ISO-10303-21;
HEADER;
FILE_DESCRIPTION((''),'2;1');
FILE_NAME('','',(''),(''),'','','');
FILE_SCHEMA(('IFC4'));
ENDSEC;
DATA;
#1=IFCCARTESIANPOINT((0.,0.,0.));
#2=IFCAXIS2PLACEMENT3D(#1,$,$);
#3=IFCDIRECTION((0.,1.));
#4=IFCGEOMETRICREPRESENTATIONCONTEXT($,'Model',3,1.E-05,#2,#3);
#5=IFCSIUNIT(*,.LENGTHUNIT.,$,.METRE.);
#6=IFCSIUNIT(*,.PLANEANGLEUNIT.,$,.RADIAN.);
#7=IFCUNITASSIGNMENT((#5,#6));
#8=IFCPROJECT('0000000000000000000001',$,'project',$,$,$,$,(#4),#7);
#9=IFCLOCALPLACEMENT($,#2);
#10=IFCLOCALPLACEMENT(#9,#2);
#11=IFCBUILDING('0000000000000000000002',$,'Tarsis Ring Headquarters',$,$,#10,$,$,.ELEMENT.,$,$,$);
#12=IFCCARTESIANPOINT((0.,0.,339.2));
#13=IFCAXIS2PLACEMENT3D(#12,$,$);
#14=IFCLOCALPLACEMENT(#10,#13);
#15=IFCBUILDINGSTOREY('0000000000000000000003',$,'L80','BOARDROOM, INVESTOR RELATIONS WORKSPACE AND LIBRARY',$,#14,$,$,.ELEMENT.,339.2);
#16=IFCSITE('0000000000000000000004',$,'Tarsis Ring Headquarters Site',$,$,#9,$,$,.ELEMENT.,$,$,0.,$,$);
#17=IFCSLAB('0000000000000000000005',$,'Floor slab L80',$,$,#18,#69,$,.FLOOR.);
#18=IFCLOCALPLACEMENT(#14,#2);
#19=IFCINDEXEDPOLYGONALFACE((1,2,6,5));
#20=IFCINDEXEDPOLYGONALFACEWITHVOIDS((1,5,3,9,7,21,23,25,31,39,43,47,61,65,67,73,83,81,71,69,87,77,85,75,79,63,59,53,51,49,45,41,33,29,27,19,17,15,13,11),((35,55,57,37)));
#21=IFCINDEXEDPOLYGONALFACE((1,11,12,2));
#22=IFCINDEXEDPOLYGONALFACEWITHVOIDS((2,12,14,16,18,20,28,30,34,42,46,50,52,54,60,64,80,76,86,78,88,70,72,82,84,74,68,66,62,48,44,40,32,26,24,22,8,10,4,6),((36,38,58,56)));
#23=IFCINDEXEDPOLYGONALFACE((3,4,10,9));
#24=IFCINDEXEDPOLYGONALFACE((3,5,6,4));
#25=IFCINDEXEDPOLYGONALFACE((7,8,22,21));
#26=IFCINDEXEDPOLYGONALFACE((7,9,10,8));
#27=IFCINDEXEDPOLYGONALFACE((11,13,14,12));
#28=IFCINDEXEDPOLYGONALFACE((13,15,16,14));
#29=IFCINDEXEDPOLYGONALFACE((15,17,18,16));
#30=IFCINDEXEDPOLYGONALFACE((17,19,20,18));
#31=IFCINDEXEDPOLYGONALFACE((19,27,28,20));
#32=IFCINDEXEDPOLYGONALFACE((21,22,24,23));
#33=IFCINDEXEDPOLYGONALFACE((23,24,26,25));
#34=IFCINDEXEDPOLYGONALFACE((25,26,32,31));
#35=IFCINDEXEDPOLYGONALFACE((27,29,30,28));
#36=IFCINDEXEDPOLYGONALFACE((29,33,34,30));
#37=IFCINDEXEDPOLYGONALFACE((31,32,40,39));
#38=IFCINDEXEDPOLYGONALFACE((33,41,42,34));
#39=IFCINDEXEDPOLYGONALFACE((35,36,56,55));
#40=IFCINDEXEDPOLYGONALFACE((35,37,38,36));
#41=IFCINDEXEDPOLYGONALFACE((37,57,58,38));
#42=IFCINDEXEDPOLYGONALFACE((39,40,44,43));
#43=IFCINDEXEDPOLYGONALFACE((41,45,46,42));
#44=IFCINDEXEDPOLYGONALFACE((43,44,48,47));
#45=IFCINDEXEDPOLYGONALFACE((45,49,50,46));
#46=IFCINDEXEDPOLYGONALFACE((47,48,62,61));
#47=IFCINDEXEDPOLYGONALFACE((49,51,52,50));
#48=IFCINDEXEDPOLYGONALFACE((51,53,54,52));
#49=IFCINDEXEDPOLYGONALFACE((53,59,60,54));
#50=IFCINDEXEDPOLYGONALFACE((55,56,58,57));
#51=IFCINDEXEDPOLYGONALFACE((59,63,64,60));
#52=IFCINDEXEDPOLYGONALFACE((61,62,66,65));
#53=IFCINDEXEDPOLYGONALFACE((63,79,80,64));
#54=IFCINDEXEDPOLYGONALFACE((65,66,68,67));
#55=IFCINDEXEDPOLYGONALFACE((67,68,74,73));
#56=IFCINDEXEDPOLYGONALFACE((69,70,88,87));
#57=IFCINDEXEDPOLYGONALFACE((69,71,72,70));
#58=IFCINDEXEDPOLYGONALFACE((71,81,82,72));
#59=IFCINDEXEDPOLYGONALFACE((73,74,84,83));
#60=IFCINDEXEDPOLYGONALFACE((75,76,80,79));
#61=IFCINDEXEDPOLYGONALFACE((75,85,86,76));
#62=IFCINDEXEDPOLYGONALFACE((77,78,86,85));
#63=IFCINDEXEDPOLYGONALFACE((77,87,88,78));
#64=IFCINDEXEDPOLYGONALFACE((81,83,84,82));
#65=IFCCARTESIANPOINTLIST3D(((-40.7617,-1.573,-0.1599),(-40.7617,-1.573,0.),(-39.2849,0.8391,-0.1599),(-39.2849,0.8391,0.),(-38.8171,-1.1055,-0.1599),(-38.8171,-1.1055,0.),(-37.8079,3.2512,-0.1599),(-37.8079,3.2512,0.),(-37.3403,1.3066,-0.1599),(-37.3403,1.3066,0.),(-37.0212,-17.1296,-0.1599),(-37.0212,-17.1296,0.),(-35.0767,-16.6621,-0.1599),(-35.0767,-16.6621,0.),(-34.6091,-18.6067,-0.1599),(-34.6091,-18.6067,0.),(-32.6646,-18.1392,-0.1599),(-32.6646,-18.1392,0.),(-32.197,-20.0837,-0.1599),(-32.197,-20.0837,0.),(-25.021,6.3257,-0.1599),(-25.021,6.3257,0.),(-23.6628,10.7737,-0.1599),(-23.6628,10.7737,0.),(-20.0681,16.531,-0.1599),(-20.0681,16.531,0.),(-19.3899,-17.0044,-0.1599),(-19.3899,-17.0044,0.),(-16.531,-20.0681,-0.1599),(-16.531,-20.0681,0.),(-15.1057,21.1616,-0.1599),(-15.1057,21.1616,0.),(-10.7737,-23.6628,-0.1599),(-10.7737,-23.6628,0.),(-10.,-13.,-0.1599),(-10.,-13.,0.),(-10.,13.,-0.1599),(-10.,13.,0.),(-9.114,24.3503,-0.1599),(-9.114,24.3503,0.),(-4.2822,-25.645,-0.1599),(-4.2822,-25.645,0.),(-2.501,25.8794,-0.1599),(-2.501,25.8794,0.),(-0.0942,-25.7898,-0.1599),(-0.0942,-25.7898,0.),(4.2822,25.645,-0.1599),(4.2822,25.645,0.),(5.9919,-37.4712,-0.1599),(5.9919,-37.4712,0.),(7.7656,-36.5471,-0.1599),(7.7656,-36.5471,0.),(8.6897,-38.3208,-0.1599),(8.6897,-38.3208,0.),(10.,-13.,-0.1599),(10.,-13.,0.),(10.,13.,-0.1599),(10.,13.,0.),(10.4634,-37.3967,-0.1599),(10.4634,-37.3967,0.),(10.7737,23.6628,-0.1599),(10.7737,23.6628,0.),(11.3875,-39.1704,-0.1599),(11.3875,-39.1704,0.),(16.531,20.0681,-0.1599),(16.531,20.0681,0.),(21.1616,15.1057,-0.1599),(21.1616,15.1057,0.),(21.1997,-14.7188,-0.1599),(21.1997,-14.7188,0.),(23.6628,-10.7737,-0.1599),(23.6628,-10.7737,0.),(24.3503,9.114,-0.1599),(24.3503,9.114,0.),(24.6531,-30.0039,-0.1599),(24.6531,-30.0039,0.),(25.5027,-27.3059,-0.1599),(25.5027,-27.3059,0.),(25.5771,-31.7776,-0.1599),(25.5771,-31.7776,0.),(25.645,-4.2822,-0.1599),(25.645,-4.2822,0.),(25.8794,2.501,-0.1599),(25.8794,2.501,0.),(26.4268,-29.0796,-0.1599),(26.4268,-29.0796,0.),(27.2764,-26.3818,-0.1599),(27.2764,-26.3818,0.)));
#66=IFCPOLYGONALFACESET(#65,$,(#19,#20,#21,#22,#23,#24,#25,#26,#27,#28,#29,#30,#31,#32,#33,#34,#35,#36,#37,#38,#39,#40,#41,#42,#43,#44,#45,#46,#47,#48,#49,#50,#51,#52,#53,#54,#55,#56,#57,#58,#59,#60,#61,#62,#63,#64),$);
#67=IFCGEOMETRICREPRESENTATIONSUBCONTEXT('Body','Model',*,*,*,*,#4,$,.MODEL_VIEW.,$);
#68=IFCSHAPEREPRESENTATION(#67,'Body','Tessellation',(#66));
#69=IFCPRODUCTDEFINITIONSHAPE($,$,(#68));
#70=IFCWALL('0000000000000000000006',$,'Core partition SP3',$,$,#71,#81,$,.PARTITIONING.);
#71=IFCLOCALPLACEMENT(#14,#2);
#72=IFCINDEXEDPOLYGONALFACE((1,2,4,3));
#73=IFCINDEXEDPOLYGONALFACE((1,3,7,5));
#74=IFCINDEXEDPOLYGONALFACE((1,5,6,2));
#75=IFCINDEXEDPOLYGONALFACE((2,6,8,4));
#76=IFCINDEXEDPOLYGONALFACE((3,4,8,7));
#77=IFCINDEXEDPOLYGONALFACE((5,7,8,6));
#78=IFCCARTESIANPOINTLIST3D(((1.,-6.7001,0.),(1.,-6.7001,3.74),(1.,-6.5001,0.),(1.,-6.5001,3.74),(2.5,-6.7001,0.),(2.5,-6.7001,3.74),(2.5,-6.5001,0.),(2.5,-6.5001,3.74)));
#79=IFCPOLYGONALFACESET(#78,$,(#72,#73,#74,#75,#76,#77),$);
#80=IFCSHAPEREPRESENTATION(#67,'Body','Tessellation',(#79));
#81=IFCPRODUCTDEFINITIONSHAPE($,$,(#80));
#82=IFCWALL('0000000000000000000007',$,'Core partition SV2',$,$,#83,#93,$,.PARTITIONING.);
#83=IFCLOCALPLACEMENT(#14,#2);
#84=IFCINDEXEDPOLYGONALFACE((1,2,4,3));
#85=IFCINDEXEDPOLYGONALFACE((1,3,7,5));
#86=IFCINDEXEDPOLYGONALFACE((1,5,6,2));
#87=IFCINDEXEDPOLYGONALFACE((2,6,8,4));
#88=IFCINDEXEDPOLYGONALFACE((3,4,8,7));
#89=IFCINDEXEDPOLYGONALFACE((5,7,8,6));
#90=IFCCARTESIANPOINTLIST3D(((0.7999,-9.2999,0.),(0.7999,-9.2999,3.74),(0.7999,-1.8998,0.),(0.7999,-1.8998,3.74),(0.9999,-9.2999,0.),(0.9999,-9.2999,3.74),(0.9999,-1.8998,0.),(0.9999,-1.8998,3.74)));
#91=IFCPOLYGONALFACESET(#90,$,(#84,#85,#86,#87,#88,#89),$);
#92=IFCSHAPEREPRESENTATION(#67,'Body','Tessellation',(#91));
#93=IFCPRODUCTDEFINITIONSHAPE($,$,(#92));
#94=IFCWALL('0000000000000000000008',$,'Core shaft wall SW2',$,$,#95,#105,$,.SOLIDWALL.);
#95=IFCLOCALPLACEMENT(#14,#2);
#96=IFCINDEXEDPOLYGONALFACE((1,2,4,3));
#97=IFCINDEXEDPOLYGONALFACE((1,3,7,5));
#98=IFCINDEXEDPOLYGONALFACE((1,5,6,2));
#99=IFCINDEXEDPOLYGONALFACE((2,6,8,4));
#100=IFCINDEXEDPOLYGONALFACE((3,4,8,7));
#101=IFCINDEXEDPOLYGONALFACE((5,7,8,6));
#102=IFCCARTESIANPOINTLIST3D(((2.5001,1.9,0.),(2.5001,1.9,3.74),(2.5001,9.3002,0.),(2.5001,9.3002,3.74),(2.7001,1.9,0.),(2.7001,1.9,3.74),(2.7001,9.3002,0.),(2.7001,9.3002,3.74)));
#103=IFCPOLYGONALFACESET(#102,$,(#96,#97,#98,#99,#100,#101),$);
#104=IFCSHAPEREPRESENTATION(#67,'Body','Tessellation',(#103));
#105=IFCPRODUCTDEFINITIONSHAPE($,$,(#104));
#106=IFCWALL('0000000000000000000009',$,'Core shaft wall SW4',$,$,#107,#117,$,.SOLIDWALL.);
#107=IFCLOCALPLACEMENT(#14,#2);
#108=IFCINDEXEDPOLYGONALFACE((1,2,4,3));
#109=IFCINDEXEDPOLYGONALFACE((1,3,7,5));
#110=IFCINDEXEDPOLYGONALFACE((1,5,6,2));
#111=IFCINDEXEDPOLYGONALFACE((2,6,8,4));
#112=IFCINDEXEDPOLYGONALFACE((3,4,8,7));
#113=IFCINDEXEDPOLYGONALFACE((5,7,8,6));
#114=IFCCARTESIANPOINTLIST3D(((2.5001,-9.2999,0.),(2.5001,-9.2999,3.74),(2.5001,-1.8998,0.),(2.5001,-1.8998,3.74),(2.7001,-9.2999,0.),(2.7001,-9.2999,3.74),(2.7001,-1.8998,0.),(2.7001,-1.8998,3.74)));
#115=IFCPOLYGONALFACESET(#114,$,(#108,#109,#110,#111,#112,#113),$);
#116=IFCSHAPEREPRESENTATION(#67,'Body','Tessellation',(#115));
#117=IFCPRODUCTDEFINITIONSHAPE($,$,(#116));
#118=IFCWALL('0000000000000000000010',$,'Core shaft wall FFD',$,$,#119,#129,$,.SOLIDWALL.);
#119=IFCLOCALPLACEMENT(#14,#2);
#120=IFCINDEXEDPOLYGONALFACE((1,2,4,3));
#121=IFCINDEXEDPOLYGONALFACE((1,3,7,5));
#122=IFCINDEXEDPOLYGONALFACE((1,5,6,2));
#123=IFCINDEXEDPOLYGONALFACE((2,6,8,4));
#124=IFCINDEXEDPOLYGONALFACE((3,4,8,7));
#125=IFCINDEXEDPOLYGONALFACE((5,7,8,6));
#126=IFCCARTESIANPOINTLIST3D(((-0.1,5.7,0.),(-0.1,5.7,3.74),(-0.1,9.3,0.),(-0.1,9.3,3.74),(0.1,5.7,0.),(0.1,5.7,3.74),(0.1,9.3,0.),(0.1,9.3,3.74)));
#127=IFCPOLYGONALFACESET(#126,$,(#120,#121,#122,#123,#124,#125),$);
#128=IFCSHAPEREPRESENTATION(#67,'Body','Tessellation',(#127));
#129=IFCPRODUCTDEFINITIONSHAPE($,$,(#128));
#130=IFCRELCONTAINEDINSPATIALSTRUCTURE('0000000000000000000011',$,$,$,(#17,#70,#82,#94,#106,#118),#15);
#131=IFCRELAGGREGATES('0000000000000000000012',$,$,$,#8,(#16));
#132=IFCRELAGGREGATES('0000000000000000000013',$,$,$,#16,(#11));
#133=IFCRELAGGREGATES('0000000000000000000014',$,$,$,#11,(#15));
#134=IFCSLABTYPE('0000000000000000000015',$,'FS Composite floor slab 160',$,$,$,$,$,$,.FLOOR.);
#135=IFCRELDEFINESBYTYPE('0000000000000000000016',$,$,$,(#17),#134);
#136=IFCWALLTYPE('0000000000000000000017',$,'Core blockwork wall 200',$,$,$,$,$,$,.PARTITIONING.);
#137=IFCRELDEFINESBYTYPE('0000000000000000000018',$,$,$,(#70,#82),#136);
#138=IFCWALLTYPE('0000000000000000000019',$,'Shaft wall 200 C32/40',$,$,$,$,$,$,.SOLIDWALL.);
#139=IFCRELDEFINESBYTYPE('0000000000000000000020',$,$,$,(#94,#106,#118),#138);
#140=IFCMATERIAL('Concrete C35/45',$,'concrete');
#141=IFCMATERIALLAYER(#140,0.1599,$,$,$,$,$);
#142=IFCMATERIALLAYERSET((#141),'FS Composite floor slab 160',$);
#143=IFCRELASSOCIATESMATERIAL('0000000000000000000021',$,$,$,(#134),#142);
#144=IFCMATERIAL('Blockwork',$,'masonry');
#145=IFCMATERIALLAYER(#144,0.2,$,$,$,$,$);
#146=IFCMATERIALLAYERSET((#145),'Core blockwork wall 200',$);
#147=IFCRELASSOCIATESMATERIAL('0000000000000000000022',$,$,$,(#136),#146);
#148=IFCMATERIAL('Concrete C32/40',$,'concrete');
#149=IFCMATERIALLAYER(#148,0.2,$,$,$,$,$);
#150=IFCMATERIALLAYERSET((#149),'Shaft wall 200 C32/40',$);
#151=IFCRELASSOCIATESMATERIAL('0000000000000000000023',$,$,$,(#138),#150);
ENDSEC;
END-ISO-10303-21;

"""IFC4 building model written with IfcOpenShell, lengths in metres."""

from ifc_helpers import new_model, si_unit, direction, frame, frame_2d, origin, place, context, subcontext, project, spatial, polyline, rectangle, outline, extrude, material, layer, layer_set, type_object, element, save


model = new_model("IFC4")

# Units and contexts
model_context = context("Model", 3, precision=1e-05, world=origin(), true_north=direction((0.0, 1.0)))
body_context = subcontext(model_context, "Body", "Model", "MODEL_VIEW")
ifc_project = project(units=[si_unit("LENGTHUNIT", "METRE"), si_unit("PLANEANGLEUNIT", "RADIAN")], contexts=[model_context])

# Site, building, storey
site_placement = place(None, origin())
site = spatial("IfcSite", under=ifc_project, at=site_placement, Name="Tarsis Ring Headquarters Site", CompositionType="ELEMENT", RefElevation=0.0)
building_placement = place(site_placement, origin())
building = spatial("IfcBuilding", under=site, at=building_placement, Name="Tarsis Ring Headquarters", CompositionType="ELEMENT")
storey_placement = place(building_placement, frame((0.0, 0.0, 339.2)))
storey = spatial("IfcBuildingStorey", under=building, at=storey_placement, Name="L80", Description="BOARDROOM, INVESTOR RELATIONS WORKSPACE AND LIBRARY", CompositionType="ELEMENT", Elevation=339.2)

# Slab
ifc_material_1 = material(Name="Concrete C35/45", Category="concrete")
ifc_layer_1 = layer(ifc_material_1, 0.1599)
ifc_layer_set_1 = layer_set([ifc_layer_1], Name="FS Composite floor slab 160")
slab_type_1 = type_object("IfcSlabType", Name="FS Composite floor slab 160", PredefinedType="FLOOR", material=ifc_layer_set_1)
slab_1_placement = place(storey_placement, frame((0.0, 0.0, -0.1599)))
element("IfcSlab", 1, at=slab_1_placement, inside=storey, type_object=slab_type_1, Name="Floor slab L80", PredefinedType="FLOOR", context=body_context, shape_type="SweptSolid", body=[
    extrude(outline(polyline([(-19.3899, -17.0044), (-16.531, -20.0681), (-10.7737, -23.6628), (-4.2822, -25.645), (-0.0942, -25.7898), (5.9919, -37.4712), (7.7656, -36.5471), (8.6897, -38.3208), (10.4634, -37.3967), (11.3875, -39.1704), (25.5771, -31.7776), (24.6531, -30.0039), (26.4268, -29.0796), (25.5027, -27.3059), (27.2764, -26.3818), (21.1997, -14.7188), (23.6628, -10.7737), (25.645, -4.2822), (25.8794, 2.501), (24.3503, 9.114), (21.1616, 15.1057), (16.531, 20.0681), (10.7737, 23.6628), (4.2822, 25.645), (-2.501, 25.8794), (-9.114, 24.3503), (-15.1057, 21.1616), (-20.0681, 16.531), (-23.6628, 10.7737), (-25.021, 6.3257), (-37.8079, 3.2512), (-37.3403, 1.3066), (-39.2849, 0.8391), (-38.8171, -1.1055), (-40.7617, -1.573), (-37.0212, -17.1296), (-35.0767, -16.6621), (-34.6091, -18.6067), (-32.6646, -18.1392), (-32.197, -20.0837), (-19.3899, -17.0044)]), holes=[polyline([(-10.0, -13.0), (-10.0, 13.0), (10.0, 13.0), (10.0, -13.0), (-10.0, -13.0)])]), origin(), (0.0, 0.0, 1.0), 0.1599),
])

# Walls
ifc_material_2 = material(Name="Blockwork", Category="masonry")
ifc_layer_2 = layer(ifc_material_2, 0.2)
ifc_layer_set_2 = layer_set([ifc_layer_2], Name="Core blockwork wall 200")
wall_type_1 = type_object("IfcWallType", Name="Core blockwork wall 200", PredefinedType="PARTITIONING", material=ifc_layer_set_2)
wall_1_placement = place(storey_placement, frame((1.0, -6.6001, 0.0), z_axis=(0.0, 0.0, 1.0), x_axis=(1.0, 0.0, 0.0)))
element("IfcWall", 2, at=wall_1_placement, inside=storey, type_object=wall_type_1, Name="Core partition SP3", PredefinedType="PARTITIONING", context=body_context, shape_type="SweptSolid", body=[
    extrude(rectangle(XDim=1.5, YDim=0.2, at=frame_2d((0.75, 0.0))), origin(), (0.0, 0.0, 1.0), 3.74),
])
wall_2_placement = place(storey_placement, frame((0.8999, -9.3, 0.0), z_axis=(0.0, 0.0, 1.0), x_axis=(0.0, 1.0, 0.0)))
element("IfcWall", 3, at=wall_2_placement, inside=storey, type_object=wall_type_1, Name="Core partition SV2", PredefinedType="PARTITIONING", context=body_context, shape_type="SweptSolid", body=[
    extrude(rectangle(XDim=7.4001, YDim=0.2, at=frame_2d((3.7002, 0.0))), origin(), (0.0, 0.0, 1.0), 3.74),
])
ifc_material_3 = material(Name="Concrete C32/40", Category="concrete")
ifc_layer_3 = layer(ifc_material_3, 0.2)
ifc_layer_set_3 = layer_set([ifc_layer_3], Name="Shaft wall 200 C32/40")
wall_type_2 = type_object("IfcWallType", Name="Shaft wall 200 C32/40", PredefinedType="SOLIDWALL", material=ifc_layer_set_3)
for number, where, z_axis, x_axis, name in (
    (4, (2.6001, 1.8999, 0.0), (0.0, 0.0, 1.0), (0.0, 1.0, 0.0), "Core shaft wall SW2"),
    (5, (2.6001, -9.3, 0.0), (0.0, 0.0, 1.0), (0.0, 1.0, 0.0), "Core shaft wall SW4"),
):
    element("IfcWall", number, at=place(storey_placement, frame(where, z_axis=z_axis, x_axis=x_axis)), inside=storey, type_object=wall_type_2, Name=name, PredefinedType="SOLIDWALL", context=body_context, shape_type="SweptSolid", body=[
        extrude(rectangle(XDim=7.4001, YDim=0.2, at=frame_2d((3.7002, 0.0))), origin(), (0.0, 0.0, 1.0), 3.74),
    ])
wall_3_placement = place(storey_placement, frame((0.0, 5.7, 0.0), z_axis=(0.0, 0.0, 1.0), x_axis=(0.0, 1.0, 0.0)))
element("IfcWall", 6, at=wall_3_placement, inside=storey, type_object=wall_type_2, Name="Core shaft wall FFD", PredefinedType="SOLIDWALL", context=body_context, shape_type="SweptSolid", body=[
    extrude(rectangle(XDim=3.6001, YDim=0.2, at=frame_2d((1.8, 0.0))), origin(), (0.0, 0.0, 1.0), 3.74),
])

save(model, "model.ifc")
